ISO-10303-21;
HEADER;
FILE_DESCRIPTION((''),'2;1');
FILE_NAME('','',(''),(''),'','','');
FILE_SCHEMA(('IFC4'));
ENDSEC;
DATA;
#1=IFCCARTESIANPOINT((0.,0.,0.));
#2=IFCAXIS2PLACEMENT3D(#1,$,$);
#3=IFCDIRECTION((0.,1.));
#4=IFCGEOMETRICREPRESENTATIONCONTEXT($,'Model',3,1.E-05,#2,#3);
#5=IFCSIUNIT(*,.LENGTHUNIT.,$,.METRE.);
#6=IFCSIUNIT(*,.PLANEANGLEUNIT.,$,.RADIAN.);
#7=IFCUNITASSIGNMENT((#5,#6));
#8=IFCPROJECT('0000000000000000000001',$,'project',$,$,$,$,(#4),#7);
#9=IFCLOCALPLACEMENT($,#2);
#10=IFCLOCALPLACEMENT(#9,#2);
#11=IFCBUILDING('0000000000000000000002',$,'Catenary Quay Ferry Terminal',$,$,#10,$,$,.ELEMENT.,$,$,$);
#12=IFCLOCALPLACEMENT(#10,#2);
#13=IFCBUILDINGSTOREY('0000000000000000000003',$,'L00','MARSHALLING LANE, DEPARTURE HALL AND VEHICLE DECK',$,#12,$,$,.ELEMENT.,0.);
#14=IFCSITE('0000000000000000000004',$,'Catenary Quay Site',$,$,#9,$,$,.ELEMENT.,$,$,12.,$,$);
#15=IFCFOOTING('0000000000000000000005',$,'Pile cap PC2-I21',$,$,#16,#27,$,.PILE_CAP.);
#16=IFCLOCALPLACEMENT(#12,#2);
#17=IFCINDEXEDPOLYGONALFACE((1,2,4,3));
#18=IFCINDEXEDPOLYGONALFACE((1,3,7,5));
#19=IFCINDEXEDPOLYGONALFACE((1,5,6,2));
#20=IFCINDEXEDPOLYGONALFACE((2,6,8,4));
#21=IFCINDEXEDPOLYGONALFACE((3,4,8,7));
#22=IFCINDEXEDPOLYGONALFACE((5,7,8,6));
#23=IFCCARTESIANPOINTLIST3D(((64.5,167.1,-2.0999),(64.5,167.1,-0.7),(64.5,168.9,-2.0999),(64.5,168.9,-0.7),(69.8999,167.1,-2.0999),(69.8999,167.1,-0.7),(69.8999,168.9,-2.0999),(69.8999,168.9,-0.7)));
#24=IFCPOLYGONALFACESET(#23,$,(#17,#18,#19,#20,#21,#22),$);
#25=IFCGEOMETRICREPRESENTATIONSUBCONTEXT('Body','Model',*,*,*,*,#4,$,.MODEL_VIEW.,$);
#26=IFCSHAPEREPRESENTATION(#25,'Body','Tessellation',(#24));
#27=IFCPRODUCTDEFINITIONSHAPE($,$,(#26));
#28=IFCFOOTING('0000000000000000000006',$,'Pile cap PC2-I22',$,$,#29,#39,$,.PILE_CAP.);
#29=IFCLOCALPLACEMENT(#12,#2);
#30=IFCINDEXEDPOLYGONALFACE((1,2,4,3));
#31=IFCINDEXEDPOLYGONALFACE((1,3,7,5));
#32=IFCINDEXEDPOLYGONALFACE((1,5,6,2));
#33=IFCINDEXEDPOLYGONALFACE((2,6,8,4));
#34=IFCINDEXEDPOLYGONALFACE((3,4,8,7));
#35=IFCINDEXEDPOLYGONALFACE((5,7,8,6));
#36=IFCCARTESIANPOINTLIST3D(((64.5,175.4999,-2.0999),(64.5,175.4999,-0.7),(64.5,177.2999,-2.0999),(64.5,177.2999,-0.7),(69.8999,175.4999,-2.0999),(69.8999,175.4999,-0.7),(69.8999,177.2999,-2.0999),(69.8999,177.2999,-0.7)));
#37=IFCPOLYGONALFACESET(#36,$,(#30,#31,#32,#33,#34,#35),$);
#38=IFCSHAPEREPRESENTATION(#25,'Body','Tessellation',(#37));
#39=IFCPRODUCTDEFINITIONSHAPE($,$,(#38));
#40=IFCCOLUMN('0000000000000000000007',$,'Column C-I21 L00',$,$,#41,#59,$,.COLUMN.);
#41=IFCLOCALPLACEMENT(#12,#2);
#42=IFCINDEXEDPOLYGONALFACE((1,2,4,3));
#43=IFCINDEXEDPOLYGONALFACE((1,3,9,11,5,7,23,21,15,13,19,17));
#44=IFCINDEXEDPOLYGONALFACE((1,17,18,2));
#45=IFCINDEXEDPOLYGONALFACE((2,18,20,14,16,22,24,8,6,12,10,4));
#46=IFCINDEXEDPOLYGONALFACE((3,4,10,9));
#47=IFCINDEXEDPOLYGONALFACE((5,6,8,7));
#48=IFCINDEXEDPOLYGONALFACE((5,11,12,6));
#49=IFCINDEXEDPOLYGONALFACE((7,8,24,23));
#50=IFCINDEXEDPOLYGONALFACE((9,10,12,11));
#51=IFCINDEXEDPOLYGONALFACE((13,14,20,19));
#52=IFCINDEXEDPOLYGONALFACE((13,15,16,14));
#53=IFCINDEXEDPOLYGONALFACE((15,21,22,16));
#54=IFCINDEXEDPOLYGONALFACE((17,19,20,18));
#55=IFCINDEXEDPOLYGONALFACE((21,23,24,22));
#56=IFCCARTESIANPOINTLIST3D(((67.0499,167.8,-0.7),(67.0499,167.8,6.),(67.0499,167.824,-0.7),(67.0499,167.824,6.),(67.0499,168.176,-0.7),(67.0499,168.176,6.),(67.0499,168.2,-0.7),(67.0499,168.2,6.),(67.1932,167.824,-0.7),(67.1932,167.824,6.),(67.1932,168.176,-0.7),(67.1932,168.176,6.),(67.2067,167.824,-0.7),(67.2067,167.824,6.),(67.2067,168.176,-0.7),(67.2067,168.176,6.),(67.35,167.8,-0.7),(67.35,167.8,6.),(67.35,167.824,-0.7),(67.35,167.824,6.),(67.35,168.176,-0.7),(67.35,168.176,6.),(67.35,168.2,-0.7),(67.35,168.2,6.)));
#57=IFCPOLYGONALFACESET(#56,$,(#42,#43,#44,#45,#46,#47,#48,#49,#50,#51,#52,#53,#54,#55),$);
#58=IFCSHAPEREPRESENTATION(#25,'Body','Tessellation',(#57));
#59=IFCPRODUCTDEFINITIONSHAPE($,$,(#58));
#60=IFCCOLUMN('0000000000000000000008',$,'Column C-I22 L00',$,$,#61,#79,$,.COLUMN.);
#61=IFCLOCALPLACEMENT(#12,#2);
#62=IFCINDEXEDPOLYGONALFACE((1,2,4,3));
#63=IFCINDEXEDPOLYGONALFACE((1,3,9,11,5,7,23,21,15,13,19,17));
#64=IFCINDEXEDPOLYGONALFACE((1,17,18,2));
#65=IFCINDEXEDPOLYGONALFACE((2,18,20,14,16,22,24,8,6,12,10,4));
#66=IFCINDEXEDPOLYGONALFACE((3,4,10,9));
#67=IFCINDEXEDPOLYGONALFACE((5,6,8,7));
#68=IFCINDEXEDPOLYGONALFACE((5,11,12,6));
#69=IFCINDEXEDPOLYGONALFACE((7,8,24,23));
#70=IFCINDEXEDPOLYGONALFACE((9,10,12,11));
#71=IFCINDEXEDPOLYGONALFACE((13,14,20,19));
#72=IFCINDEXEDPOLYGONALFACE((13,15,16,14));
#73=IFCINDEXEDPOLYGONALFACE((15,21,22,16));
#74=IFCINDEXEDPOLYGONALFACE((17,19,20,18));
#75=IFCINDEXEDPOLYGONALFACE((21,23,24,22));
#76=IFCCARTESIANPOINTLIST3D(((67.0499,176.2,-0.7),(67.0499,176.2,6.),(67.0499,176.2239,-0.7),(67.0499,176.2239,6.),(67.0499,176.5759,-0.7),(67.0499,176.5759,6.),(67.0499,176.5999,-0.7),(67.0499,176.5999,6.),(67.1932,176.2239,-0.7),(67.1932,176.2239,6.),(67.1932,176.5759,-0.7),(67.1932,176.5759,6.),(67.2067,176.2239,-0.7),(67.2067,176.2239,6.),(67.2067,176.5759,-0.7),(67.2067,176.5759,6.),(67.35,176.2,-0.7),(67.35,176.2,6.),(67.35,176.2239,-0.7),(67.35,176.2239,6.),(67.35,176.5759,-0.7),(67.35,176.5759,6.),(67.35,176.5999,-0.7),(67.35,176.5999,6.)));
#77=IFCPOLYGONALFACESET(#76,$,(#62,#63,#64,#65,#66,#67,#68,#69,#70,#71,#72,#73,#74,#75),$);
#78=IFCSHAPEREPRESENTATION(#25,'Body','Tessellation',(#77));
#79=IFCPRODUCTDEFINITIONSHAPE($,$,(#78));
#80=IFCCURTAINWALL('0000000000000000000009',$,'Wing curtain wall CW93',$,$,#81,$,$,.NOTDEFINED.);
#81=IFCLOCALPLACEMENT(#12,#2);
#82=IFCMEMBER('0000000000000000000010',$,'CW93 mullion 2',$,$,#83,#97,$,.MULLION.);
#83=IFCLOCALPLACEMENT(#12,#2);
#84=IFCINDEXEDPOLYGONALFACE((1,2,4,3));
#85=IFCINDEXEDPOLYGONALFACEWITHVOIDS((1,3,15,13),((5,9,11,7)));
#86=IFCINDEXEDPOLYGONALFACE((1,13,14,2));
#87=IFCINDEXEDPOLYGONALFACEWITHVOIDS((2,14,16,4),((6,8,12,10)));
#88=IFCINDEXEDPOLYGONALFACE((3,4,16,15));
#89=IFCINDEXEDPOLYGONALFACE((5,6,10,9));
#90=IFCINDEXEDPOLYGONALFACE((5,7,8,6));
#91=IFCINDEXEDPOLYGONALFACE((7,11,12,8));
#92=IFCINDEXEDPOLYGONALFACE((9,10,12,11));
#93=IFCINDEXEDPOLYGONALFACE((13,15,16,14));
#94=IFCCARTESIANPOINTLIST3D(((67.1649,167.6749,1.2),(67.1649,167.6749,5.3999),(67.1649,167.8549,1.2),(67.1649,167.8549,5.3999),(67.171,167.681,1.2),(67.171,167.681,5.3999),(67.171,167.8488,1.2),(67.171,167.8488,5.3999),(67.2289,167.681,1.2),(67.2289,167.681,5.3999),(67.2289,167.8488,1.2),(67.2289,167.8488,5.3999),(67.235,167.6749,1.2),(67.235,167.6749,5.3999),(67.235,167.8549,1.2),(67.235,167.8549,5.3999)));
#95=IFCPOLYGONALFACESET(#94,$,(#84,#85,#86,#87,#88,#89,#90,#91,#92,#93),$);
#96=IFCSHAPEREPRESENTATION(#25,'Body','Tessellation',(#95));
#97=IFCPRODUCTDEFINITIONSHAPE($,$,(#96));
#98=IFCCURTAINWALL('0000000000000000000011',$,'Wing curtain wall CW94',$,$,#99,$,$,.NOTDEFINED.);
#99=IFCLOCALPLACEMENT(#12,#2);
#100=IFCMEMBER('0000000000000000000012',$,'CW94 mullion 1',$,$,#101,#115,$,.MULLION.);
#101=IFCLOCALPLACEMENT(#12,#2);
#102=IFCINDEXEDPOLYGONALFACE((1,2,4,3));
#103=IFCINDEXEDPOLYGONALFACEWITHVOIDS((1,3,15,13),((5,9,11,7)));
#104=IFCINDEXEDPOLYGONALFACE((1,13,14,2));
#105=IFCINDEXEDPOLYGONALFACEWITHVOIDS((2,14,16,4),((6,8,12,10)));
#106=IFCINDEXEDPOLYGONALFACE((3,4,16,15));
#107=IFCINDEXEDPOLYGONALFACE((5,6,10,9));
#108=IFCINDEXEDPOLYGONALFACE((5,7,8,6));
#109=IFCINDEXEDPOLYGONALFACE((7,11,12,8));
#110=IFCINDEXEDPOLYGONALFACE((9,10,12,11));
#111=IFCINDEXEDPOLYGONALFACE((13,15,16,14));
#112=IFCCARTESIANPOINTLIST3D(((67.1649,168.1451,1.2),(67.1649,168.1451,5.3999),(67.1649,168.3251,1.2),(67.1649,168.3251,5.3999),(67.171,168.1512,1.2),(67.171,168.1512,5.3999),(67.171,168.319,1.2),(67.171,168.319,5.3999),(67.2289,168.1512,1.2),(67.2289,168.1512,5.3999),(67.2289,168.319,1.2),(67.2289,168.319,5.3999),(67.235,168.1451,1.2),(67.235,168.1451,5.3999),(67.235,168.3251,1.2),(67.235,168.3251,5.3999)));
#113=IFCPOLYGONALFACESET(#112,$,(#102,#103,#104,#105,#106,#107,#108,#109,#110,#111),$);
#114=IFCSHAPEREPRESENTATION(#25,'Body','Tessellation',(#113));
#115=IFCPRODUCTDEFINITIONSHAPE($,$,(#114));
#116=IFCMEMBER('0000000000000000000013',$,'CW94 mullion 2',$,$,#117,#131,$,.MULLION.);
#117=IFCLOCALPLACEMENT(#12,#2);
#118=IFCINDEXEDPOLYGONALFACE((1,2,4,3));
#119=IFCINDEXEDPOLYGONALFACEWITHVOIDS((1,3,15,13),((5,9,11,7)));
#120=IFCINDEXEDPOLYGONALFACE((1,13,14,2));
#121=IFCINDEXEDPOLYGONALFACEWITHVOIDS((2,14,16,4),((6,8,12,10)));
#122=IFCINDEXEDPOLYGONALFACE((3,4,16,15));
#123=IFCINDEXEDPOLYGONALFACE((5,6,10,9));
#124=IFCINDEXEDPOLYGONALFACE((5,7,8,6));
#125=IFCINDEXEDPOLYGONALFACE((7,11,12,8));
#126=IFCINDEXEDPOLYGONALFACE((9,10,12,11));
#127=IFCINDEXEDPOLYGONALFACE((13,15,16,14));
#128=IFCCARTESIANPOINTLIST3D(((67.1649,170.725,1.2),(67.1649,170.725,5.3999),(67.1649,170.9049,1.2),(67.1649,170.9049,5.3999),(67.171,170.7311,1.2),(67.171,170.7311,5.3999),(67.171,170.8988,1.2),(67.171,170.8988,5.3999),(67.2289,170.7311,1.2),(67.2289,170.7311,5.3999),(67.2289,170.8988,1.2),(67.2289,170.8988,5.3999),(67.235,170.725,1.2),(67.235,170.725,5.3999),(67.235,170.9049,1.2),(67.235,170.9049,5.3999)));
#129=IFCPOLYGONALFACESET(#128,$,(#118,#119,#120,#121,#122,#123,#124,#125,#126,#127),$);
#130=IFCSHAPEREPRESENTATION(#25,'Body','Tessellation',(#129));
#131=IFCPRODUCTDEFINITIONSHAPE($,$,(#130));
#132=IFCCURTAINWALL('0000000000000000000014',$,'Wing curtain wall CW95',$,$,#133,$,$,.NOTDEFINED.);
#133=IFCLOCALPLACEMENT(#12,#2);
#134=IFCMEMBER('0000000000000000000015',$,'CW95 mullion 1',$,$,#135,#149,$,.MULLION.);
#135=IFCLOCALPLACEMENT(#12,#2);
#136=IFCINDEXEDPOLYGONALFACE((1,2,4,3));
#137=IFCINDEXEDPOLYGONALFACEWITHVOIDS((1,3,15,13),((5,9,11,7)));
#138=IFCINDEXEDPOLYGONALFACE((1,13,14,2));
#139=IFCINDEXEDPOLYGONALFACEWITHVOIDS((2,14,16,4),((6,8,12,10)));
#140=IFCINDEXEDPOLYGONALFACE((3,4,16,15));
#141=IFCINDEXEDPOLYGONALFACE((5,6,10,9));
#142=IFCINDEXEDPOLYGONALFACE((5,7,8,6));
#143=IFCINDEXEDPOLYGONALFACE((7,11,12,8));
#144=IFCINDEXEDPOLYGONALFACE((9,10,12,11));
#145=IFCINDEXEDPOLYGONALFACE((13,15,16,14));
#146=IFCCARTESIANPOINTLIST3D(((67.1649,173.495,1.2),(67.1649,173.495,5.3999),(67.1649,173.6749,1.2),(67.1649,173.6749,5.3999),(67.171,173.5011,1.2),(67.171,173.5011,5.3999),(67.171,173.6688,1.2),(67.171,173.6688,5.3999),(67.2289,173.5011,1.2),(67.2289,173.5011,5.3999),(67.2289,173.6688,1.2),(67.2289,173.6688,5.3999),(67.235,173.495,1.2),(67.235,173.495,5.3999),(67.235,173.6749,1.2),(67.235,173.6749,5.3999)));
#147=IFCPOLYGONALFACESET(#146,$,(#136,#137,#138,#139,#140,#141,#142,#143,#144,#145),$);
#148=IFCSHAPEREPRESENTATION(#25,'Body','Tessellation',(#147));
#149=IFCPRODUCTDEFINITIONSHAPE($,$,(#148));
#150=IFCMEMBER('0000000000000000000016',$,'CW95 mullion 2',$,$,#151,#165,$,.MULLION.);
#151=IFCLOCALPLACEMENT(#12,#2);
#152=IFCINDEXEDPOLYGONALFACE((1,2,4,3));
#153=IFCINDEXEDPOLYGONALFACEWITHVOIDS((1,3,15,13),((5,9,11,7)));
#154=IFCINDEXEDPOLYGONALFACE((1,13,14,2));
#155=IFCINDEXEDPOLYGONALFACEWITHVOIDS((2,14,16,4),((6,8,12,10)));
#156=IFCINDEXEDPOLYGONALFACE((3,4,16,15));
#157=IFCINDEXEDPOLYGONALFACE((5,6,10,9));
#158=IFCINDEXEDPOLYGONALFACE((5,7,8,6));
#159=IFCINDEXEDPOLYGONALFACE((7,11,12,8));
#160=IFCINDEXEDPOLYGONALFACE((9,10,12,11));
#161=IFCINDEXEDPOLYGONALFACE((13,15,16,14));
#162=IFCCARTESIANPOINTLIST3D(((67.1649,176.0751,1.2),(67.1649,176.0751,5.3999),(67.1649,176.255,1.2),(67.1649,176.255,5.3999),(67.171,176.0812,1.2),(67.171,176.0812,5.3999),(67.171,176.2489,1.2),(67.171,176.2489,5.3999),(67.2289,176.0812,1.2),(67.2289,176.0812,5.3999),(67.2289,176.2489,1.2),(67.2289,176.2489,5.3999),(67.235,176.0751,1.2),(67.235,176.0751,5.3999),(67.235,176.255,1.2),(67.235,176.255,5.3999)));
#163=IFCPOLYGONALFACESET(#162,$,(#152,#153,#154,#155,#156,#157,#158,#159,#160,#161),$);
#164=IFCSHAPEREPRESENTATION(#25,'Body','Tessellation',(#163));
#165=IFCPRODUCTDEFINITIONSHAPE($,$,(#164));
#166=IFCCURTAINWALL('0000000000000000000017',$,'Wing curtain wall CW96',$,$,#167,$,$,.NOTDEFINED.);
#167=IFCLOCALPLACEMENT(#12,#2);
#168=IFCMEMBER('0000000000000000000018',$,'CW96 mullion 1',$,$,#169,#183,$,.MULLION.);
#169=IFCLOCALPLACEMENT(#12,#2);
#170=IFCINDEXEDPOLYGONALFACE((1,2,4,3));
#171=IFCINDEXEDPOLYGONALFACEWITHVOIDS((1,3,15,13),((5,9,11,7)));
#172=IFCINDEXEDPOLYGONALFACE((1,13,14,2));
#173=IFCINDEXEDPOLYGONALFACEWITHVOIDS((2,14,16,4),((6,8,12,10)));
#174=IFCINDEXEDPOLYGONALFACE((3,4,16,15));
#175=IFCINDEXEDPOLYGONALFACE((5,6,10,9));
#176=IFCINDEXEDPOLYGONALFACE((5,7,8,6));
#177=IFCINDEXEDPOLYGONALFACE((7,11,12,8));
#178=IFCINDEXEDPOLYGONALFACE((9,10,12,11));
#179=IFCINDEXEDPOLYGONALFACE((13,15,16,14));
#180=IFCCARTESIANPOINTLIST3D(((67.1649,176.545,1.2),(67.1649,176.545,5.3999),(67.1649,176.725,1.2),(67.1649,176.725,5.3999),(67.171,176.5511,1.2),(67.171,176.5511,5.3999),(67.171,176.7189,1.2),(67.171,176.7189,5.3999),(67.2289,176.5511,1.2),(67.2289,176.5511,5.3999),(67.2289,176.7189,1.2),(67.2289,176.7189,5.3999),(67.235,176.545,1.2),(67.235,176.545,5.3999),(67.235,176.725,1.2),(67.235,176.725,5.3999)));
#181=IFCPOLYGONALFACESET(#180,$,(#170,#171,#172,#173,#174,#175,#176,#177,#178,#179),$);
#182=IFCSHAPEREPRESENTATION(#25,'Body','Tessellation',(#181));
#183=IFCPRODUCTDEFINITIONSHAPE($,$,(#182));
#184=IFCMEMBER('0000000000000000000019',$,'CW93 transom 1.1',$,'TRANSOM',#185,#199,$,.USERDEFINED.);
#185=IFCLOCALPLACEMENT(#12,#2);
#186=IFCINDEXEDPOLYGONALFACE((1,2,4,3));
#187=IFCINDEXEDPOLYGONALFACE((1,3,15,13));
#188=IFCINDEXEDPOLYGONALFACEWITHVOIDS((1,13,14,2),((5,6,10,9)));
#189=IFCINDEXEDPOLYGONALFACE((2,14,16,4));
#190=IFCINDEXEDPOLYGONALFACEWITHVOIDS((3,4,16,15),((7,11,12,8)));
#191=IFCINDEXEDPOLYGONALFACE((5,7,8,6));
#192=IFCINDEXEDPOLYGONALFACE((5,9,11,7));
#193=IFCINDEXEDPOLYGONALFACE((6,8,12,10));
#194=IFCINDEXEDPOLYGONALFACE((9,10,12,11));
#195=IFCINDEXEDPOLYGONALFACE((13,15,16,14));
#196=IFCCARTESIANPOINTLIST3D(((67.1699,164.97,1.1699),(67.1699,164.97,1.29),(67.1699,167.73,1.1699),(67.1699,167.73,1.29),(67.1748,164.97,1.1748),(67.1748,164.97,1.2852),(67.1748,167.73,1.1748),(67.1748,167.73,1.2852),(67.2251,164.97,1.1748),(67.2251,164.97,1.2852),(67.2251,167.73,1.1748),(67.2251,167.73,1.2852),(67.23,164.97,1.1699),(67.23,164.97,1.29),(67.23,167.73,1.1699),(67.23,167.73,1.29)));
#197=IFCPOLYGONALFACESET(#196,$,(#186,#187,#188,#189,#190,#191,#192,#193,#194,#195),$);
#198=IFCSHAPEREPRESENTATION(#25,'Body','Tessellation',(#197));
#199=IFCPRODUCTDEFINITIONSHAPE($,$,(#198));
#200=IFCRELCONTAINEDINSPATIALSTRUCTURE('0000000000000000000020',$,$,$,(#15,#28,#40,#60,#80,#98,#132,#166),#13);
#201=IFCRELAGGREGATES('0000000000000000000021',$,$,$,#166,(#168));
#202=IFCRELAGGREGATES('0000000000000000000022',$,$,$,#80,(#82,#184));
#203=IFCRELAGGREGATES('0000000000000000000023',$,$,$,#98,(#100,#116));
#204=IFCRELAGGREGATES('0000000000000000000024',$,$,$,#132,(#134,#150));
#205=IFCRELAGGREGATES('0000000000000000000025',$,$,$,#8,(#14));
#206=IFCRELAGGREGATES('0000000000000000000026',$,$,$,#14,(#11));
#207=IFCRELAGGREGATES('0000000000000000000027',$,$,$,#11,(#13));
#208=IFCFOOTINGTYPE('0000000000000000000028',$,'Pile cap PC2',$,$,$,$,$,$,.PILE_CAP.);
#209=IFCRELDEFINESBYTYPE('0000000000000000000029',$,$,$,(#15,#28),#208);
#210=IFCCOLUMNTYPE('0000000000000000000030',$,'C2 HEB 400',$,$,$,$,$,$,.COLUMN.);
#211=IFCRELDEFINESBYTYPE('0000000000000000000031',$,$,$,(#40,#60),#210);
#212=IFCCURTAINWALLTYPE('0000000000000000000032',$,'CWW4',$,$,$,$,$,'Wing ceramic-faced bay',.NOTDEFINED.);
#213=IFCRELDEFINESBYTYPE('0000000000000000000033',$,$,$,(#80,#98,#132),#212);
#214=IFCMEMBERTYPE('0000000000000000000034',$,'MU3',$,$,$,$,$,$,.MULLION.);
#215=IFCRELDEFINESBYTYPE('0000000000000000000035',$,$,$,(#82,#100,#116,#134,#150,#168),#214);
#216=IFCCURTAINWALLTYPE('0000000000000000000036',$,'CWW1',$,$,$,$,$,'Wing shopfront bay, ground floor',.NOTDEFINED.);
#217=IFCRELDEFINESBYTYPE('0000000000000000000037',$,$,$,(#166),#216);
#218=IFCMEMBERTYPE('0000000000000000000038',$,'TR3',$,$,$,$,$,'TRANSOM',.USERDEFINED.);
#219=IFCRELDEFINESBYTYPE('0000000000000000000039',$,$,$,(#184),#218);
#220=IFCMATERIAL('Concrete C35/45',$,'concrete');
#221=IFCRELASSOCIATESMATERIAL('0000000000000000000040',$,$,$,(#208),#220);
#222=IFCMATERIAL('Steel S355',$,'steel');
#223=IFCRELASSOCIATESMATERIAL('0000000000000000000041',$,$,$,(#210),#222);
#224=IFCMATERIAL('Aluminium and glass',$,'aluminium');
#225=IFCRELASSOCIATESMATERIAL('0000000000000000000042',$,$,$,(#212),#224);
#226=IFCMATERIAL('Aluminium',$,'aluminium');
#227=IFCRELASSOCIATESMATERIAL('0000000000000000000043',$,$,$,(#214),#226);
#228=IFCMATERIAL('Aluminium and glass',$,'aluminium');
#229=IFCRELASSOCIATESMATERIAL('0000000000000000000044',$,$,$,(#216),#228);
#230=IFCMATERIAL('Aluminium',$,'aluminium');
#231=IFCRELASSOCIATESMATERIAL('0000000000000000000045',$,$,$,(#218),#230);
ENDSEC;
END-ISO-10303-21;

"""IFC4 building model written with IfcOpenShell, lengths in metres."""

from ifc_helpers import new_model, si_unit, direction, frame, origin, origin_2d, place, context, subcontext, project, spatial, rectangle, hollow_rectangle, i_section, extrude, material, material_profile, profile_set, type_object, element, aggregate, save


model = new_model("IFC4")

# Units and contexts
model_context = context("Model", 3, precision=1e-05, world=origin(), true_north=direction((0.0, 1.0)))
body_context = subcontext(model_context, "Body", "Model", "MODEL_VIEW")
ifc_project = project(units=[si_unit("LENGTHUNIT", "METRE"), si_unit("PLANEANGLEUNIT", "RADIAN")], contexts=[model_context])

# Site, building, storey
site_placement = place(None, origin())
site = spatial("IfcSite", under=ifc_project, at=site_placement, Name="Catenary Quay Site", CompositionType="ELEMENT", RefElevation=12.0)
building_placement = place(site_placement, origin())
building = spatial("IfcBuilding", under=site, at=building_placement, Name="Catenary Quay Ferry Terminal", CompositionType="ELEMENT")
storey_placement = place(building_placement, origin())
storey = spatial("IfcBuildingStorey", under=building, at=storey_placement, Name="L00", Description="MARSHALLING LANE, DEPARTURE HALL AND VEHICLE DECK", CompositionType="ELEMENT", Elevation=0.0)

# Footings
ifc_material_1 = material(Name="Concrete C35/45", Category="concrete")
footing_type = type_object("IfcFootingType", Name="Pile cap PC2", PredefinedType="PILE_CAP", material=ifc_material_1)
for number, where, z_axis, x_axis, name in (
    (1, (67.2, 168.0, -2.0999), (0.0, 0.0, 1.0), (1.0, 0.0, 0.0), "Pile cap PC2-I21"),
    (2, (67.2, 176.3999, -2.0999), (0.0, 0.0, 1.0), (1.0, 0.0, 0.0), "Pile cap PC2-I22"),
):
    element("IfcFooting", number, at=place(storey_placement, frame(where, z_axis=z_axis, x_axis=x_axis)), inside=storey, type_object=footing_type, Name=name, PredefinedType="PILE_CAP", context=body_context, shape_type="SweptSolid", body=[
        extrude(rectangle(XDim=5.3999, YDim=1.8, at=origin_2d()), origin(), (0.0, 0.0, 1.0), 1.3999),
    ])

# Columns
ifc_material_2 = material(Name="Steel S355", Category="steel")
ifc_material_profile_1 = material_profile(ifc_material_2, i_section(OverallWidth=0.3, OverallDepth=0.3999, WebThickness=0.0134, FlangeThickness=0.0239, at=origin_2d()), Name="HEB 400")
ifc_profile_set_1 = profile_set([ifc_material_profile_1], Name="Steel S355")
column_type = type_object("IfcColumnType", Name="C2 HEB 400", PredefinedType="COLUMN", material=ifc_profile_set_1)
for number, where, z_axis, x_axis, name in (
    (3, (67.2, 168.0, -0.7), (0.0, 0.0, 1.0), (1.0, 0.0, 0.0), "Column C-I21 L00"),
    (4, (67.2, 176.3999, -0.7), (0.0, 0.0, 1.0), (1.0, 0.0, 0.0), "Column C-I22 L00"),
):
    element("IfcColumn", number, at=place(storey_placement, frame(where, z_axis=z_axis, x_axis=x_axis)), inside=storey, type_object=column_type, Name=name, PredefinedType="COLUMN", context=body_context, shape_type="SweptSolid", body=[
        extrude(i_section(OverallWidth=0.3, OverallDepth=0.3999, WebThickness=0.0134, FlangeThickness=0.0239, at=origin_2d()), origin(), (0.0, 0.0, 1.0), 6.7),
    ])

# Curtain wall, member
ifc_material_3 = material(Name="Aluminium and glass", Category="aluminium")
curtain_wall_type_1 = type_object("IfcCurtainWallType", Name="CWW4", ElementType="Wing ceramic-faced bay", PredefinedType="NOTDEFINED", material=ifc_material_3)
curtain_wall_1_placement = place(storey_placement, origin())
curtain_wall_1 = element("IfcCurtainWall", 5, at=curtain_wall_1_placement, inside=storey, type_object=curtain_wall_type_1, Name="Wing curtain wall CW93", PredefinedType="NOTDEFINED")
ifc_material_4 = material(Name="Aluminium", Category="aluminium")
ifc_material_profile_2 = material_profile(ifc_material_4, hollow_rectangle(XDim=0.0701, YDim=0.1799, WallThickness=0.0061, at=origin_2d()), Name="MU3")
ifc_profile_set_2 = profile_set([ifc_material_profile_2], Name="Aluminium")
member_type_1 = type_object("IfcMemberType", Name="MU3", PredefinedType="MULLION", material=ifc_profile_set_2)
member_1_placement = place(storey_placement, frame((67.2, 167.7649, 1.2), z_axis=(0.0, 0.0, 1.0), x_axis=(-1.0, 0.0, 0.0)))
member_1 = element("IfcMember", 6, at=member_1_placement, type_object=member_type_1, Name="CW93 mullion 2", PredefinedType="MULLION", context=body_context, shape_type="SweptSolid", body=[
    extrude(hollow_rectangle(XDim=0.0701, YDim=0.1799, WallThickness=0.0061, at=origin_2d()), origin(), (0.0, 0.0, 1.0), 4.2),
])

# Curtain walls, members
curtain_wall_2_placement = place(storey_placement, origin())
curtain_wall_2 = element("IfcCurtainWall", 7, at=curtain_wall_2_placement, inside=storey, type_object=curtain_wall_type_1, Name="Wing curtain wall CW94", PredefinedType="NOTDEFINED")
member_2_placement = place(storey_placement, frame((67.2, 168.2351, 1.2), z_axis=(0.0, 0.0, 1.0), x_axis=(-1.0, 0.0, 0.0)))
member_2 = element("IfcMember", 8, at=member_2_placement, type_object=member_type_1, Name="CW94 mullion 1", PredefinedType="MULLION", context=body_context, shape_type="SweptSolid", body=[
    extrude(hollow_rectangle(XDim=0.0701, YDim=0.1799, WallThickness=0.0061, at=origin_2d()), origin(), (0.0, 0.0, 1.0), 4.2),
])
member_3_placement = place(storey_placement, frame((67.2, 170.8149, 1.2), z_axis=(0.0, 0.0, 1.0), x_axis=(-1.0, 0.0, 0.0)))
member_3 = element("IfcMember", 9, at=member_3_placement, type_object=member_type_1, Name="CW94 mullion 2", PredefinedType="MULLION", context=body_context, shape_type="SweptSolid", body=[
    extrude(hollow_rectangle(XDim=0.0701, YDim=0.1799, WallThickness=0.0061, at=origin_2d()), origin(), (0.0, 0.0, 1.0), 4.2),
])
curtain_wall_3_placement = place(storey_placement, origin())
curtain_wall_3 = element("IfcCurtainWall", 10, at=curtain_wall_3_placement, inside=storey, type_object=curtain_wall_type_1, Name="Wing curtain wall CW95", PredefinedType="NOTDEFINED")
member_4_placement = place(storey_placement, frame((67.2, 173.585, 1.2), z_axis=(0.0, 0.0, 1.0), x_axis=(-1.0, 0.0, 0.0)))
member_4 = element("IfcMember", 11, at=member_4_placement, type_object=member_type_1, Name="CW95 mullion 1", PredefinedType="MULLION", context=body_context, shape_type="SweptSolid", body=[
    extrude(hollow_rectangle(XDim=0.0701, YDim=0.1799, WallThickness=0.0061, at=origin_2d()), origin(), (0.0, 0.0, 1.0), 4.2),
])
member_5_placement = place(storey_placement, frame((67.2, 176.165, 1.2), z_axis=(0.0, 0.0, 1.0), x_axis=(-1.0, 0.0, 0.0)))
member_5 = element("IfcMember", 12, at=member_5_placement, type_object=member_type_1, Name="CW95 mullion 2", PredefinedType="MULLION", context=body_context, shape_type="SweptSolid", body=[
    extrude(hollow_rectangle(XDim=0.0701, YDim=0.1799, WallThickness=0.0061, at=origin_2d()), origin(), (0.0, 0.0, 1.0), 4.2),
])

# Curtain wall, member
ifc_material_5 = material(Name="Aluminium and glass", Category="aluminium")
curtain_wall_type_2 = type_object("IfcCurtainWallType", Name="CWW1", ElementType="Wing shopfront bay, ground floor", PredefinedType="NOTDEFINED", material=ifc_material_5)
curtain_wall_4_placement = place(storey_placement, origin())
curtain_wall_4 = element("IfcCurtainWall", 13, at=curtain_wall_4_placement, inside=storey, type_object=curtain_wall_type_2, Name="Wing curtain wall CW96", PredefinedType="NOTDEFINED")
member_6_placement = place(storey_placement, frame((67.2, 176.635, 1.2), z_axis=(0.0, 0.0, 1.0), x_axis=(-1.0, 0.0, 0.0)))
member_6 = element("IfcMember", 14, at=member_6_placement, type_object=member_type_1, Name="CW96 mullion 1", PredefinedType="MULLION", context=body_context, shape_type="SweptSolid", body=[
    extrude(hollow_rectangle(XDim=0.0701, YDim=0.1799, WallThickness=0.0061, at=origin_2d()), origin(), (0.0, 0.0, 1.0), 4.2),
])

# Member
ifc_material_6 = material(Name="Aluminium", Category="aluminium")
ifc_material_profile_3 = material_profile(ifc_material_6, hollow_rectangle(XDim=0.0601, YDim=0.1201, WallThickness=0.0049, at=origin_2d()), Name="TR3")
ifc_profile_set_3 = profile_set([ifc_material_profile_3], Name="Aluminium")
member_type_2 = type_object("IfcMemberType", Name="TR3", ElementType="TRANSOM", PredefinedType="USERDEFINED", material=ifc_profile_set_3)
member_7_placement = place(storey_placement, frame((67.2, 164.97, 1.23), z_axis=(0.0, 1.0, 0.0), x_axis=(-1.0, 0.0, 0.0)))
member_7 = element("IfcMember", 15, at=member_7_placement, type_object=member_type_2, Name="CW93 transom 1.1", ObjectType="TRANSOM", PredefinedType="USERDEFINED", context=body_context, shape_type="SweptSolid", body=[
    extrude(hollow_rectangle(XDim=0.0601, YDim=0.1201, WallThickness=0.0049, at=origin_2d()), origin(), (0.0, 0.0, 1.0), 2.76),
])
aggregate(curtain_wall_4, [member_6])

aggregate(curtain_wall_1, [member_1, member_7])
aggregate(curtain_wall_2, [member_2, member_3])
aggregate(curtain_wall_3, [member_4, member_5])

save(model, "model.ifc")
